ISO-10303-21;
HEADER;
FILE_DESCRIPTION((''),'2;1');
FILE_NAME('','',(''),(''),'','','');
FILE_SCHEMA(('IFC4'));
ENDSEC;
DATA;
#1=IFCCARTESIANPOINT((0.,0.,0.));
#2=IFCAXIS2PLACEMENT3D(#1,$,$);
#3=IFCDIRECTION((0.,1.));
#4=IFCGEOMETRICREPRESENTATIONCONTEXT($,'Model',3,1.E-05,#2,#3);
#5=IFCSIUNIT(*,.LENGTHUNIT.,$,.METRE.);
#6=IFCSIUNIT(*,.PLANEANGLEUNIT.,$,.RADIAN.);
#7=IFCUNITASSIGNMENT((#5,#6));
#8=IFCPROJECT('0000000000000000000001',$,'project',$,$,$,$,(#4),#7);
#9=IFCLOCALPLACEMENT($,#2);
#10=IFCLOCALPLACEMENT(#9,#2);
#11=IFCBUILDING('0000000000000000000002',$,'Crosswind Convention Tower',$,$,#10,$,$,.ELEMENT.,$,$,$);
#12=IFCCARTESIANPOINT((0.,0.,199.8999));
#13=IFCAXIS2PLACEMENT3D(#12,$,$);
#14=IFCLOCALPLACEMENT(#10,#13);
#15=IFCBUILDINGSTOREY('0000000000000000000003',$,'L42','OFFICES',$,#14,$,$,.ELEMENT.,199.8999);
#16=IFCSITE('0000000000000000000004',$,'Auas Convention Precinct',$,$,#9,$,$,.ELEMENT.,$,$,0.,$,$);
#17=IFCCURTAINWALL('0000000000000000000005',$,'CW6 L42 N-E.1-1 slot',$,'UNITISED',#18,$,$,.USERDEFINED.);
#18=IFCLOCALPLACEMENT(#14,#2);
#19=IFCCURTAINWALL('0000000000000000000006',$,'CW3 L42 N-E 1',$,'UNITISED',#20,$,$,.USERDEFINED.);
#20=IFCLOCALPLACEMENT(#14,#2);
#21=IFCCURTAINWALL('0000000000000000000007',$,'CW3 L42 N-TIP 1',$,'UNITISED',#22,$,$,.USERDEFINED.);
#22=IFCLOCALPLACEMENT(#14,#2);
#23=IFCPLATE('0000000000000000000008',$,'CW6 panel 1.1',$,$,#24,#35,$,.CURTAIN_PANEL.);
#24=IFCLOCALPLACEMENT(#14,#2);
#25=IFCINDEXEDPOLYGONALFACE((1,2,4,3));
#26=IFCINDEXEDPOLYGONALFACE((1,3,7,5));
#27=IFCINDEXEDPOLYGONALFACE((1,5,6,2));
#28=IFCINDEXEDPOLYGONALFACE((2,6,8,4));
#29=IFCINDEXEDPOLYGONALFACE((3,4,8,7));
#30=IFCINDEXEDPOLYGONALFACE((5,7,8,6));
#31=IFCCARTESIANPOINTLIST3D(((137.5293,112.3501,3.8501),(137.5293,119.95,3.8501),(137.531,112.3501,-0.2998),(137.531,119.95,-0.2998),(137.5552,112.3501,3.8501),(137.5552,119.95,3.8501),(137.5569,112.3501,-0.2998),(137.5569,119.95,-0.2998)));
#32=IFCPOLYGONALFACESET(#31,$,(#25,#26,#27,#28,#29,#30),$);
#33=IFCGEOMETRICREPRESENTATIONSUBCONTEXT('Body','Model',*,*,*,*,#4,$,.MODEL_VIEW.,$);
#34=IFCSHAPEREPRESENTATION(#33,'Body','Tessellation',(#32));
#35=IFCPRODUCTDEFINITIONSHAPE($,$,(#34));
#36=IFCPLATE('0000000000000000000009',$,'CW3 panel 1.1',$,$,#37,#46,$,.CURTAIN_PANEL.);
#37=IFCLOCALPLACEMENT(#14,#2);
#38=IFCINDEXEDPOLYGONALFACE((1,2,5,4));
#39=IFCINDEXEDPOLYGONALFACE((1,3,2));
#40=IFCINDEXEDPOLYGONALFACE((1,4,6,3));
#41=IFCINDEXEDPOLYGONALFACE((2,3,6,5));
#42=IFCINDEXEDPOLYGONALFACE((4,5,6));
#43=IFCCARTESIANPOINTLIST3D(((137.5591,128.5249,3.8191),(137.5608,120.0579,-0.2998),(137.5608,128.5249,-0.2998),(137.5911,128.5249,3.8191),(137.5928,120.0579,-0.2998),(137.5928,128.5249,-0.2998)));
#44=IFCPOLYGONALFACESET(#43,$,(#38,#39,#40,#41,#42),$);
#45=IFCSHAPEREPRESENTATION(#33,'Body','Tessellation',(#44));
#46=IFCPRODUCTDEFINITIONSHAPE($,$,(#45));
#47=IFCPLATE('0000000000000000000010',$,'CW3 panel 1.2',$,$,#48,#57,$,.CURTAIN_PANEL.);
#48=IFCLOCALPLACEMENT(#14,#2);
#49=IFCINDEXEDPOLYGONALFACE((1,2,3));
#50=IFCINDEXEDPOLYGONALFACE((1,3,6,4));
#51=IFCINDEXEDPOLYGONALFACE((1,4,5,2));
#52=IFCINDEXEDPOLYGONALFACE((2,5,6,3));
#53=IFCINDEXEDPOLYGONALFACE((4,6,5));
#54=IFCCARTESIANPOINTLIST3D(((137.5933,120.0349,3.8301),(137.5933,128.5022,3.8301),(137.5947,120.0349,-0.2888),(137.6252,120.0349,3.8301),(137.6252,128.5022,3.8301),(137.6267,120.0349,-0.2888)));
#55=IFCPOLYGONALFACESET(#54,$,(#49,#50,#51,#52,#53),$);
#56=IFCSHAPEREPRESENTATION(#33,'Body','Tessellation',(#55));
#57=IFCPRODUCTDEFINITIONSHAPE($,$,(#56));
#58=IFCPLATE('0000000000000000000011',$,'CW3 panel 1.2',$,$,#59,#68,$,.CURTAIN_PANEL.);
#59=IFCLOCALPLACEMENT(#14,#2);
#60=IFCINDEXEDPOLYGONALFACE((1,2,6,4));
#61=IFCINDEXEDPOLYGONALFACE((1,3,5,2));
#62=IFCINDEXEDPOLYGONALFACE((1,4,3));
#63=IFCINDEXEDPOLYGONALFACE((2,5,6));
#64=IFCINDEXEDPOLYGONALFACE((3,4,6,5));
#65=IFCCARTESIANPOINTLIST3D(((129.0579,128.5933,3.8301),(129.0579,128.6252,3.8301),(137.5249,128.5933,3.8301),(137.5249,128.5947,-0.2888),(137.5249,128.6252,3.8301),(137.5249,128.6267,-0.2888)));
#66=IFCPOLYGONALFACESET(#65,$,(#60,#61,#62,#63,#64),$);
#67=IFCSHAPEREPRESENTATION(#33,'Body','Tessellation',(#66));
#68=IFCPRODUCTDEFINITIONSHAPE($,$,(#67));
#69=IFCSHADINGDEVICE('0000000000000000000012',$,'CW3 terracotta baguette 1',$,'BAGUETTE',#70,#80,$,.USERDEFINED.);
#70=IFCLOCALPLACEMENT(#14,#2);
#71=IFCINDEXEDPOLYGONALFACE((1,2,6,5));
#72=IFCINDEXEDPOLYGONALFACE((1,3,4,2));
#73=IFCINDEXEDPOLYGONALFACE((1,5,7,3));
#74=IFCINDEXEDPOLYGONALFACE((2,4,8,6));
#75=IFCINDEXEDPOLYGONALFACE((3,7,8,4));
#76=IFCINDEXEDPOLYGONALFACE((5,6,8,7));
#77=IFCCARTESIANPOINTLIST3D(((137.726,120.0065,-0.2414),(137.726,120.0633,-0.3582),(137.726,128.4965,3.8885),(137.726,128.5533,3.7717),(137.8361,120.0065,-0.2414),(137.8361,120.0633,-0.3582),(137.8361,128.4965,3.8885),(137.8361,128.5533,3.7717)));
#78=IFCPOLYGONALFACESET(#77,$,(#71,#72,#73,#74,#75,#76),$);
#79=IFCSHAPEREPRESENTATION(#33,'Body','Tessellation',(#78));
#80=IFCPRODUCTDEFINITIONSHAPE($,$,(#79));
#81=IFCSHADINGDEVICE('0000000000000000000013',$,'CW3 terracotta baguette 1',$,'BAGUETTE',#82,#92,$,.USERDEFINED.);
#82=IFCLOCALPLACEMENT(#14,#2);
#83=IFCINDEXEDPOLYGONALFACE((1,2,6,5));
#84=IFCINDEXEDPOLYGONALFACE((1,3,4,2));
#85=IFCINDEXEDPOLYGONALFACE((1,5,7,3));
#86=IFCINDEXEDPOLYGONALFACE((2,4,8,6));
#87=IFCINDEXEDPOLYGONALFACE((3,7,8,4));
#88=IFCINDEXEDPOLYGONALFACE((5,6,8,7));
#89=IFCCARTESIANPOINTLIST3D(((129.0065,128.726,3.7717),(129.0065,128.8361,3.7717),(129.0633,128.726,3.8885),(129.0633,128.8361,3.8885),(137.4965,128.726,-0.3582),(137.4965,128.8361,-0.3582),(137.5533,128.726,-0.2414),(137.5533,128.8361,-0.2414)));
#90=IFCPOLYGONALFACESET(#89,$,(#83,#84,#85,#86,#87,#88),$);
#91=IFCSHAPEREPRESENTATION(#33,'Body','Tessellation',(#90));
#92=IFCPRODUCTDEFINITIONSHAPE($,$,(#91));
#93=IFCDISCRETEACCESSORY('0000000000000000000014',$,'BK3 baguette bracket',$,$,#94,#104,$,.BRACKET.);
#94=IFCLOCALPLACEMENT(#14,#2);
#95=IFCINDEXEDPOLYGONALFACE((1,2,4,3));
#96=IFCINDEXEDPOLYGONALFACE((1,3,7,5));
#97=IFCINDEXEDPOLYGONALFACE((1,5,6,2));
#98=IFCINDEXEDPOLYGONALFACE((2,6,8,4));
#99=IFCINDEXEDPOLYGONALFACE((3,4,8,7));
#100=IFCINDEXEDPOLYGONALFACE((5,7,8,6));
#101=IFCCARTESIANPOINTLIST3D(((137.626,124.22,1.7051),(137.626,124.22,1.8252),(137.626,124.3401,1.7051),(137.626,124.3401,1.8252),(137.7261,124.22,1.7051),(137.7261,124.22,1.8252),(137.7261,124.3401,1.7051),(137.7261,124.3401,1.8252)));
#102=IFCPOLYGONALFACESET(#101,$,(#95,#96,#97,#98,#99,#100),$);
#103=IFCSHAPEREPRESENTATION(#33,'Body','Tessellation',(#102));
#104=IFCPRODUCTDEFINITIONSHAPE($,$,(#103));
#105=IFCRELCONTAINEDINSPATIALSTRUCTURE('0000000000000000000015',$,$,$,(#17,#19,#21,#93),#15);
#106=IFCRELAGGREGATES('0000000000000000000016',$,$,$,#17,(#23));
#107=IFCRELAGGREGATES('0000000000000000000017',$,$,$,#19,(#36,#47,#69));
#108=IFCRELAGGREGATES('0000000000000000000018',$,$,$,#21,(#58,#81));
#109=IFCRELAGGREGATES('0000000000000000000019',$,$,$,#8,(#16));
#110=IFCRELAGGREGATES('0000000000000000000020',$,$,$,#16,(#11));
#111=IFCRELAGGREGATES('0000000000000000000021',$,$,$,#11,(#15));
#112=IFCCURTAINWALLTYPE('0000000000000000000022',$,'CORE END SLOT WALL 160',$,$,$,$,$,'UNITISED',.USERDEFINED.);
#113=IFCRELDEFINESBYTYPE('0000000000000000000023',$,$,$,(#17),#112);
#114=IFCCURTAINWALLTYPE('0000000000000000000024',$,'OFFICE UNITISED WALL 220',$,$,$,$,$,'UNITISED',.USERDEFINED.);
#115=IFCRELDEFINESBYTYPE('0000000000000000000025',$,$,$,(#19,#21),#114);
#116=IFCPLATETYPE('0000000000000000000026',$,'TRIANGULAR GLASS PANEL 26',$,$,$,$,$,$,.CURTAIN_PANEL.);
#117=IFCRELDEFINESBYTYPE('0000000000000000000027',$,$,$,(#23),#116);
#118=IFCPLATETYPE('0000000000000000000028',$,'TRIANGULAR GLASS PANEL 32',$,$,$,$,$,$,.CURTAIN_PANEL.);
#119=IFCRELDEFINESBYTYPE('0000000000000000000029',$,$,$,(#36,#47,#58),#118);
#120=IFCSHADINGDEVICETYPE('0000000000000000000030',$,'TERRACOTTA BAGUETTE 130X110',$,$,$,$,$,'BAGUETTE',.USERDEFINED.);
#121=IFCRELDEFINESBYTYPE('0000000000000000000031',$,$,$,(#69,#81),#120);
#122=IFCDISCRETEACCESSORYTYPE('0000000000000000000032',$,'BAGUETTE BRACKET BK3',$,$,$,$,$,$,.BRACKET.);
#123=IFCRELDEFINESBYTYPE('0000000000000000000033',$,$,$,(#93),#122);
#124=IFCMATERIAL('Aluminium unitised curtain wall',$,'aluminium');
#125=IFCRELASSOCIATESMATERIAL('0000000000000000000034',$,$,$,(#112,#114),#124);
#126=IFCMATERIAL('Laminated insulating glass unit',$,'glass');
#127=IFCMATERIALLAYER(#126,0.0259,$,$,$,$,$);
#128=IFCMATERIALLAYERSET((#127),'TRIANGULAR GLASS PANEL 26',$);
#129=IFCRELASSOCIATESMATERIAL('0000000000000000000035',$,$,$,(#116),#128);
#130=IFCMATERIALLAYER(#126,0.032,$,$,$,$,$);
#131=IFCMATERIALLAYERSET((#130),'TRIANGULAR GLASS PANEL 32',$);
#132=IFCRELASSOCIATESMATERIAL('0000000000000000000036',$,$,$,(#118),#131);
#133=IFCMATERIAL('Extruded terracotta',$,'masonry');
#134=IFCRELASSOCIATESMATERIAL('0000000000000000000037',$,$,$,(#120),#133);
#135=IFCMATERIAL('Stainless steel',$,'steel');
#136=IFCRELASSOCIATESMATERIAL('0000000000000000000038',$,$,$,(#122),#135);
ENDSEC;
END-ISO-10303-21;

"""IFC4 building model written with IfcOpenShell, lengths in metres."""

from ifc_helpers import new_model, si_unit, direction, frame, origin, origin_2d, place, context, subcontext, project, spatial, polyline, rectangle, outline, extrude, material, layer, layer_set, material_profile, profile_set, type_object, element, aggregate, save


model = new_model("IFC4")

# Units and contexts
model_context = context("Model", 3, precision=1e-05, world=origin(), true_north=direction((0.0, 1.0)))
body_context = subcontext(model_context, "Body", "Model", "MODEL_VIEW")
ifc_project = project(units=[si_unit("LENGTHUNIT", "METRE"), si_unit("PLANEANGLEUNIT", "RADIAN")], contexts=[model_context])

# Site, building, storey
site_placement = place(None, origin())
site = spatial("IfcSite", under=ifc_project, at=site_placement, Name="Auas Convention Precinct", CompositionType="ELEMENT", RefElevation=0.0)
building_placement = place(site_placement, origin())
building = spatial("IfcBuilding", under=site, at=building_placement, Name="Crosswind Convention Tower", CompositionType="ELEMENT")
storey_placement = place(building_placement, frame((0.0, 0.0, 199.8999)))
storey = spatial("IfcBuildingStorey", under=building, at=storey_placement, Name="L42", Description="OFFICES", CompositionType="ELEMENT", Elevation=199.8999)

# Curtain walls
ifc_material_1 = material(Name="Aluminium unitised curtain wall", Category="aluminium")
curtain_wall_type_1 = type_object("IfcCurtainWallType", Name="CORE END SLOT WALL 160", ElementType="UNITISED", PredefinedType="USERDEFINED", material=ifc_material_1)
curtain_wall_1_placement = place(storey_placement, origin())
curtain_wall_1 = element("IfcCurtainWall", 1, at=curtain_wall_1_placement, inside=storey, type_object=curtain_wall_type_1, Name="CW6 L42 N-E.1-1 slot", ObjectType="UNITISED", PredefinedType="USERDEFINED")
curtain_wall_type_2 = type_object("IfcCurtainWallType", Name="OFFICE UNITISED WALL 220", ElementType="UNITISED", PredefinedType="USERDEFINED", material=ifc_material_1)
curtain_wall_2_placement = place(storey_placement, origin())
curtain_wall_2 = element("IfcCurtainWall", 2, at=curtain_wall_2_placement, inside=storey, type_object=curtain_wall_type_2, Name="CW3 L42 N-E 1", ObjectType="UNITISED", PredefinedType="USERDEFINED")

# Curtain wall
curtain_wall_3_placement = place(storey_placement, origin())
curtain_wall_3 = element("IfcCurtainWall", 3, at=curtain_wall_3_placement, inside=storey, type_object=curtain_wall_type_2, Name="CW3 L42 N-TIP 1", ObjectType="UNITISED", PredefinedType="USERDEFINED")

# Plates
ifc_material_2 = material(Name="Laminated insulating glass unit", Category="glass")
ifc_layer_1 = layer(ifc_material_2, 0.0259)
ifc_layer_set_1 = layer_set([ifc_layer_1], Name="TRIANGULAR GLASS PANEL 26")
plate_type_1 = type_object("IfcPlateType", Name="TRIANGULAR GLASS PANEL 26", PredefinedType="CURTAIN_PANEL", material=ifc_layer_set_1)
plate_1_placement = place(storey_placement, frame((137.5569, 112.3501, -0.2998), z_axis=(1.0, 0.0, 0.000412), x_axis=(0.0, 1.0, 0.0)))
plate_1 = element("IfcPlate", 4, at=plate_1_placement, type_object=plate_type_1, Name="CW6 panel 1.1", PredefinedType="CURTAIN_PANEL", context=body_context, shape_type="SweptSolid", body=[
    extrude(outline(polyline([(0.0, 0.0), (7.5999, 0.0), (7.5999, 4.1499), (0.0, 4.1499), (0.0, 0.0)])), origin(), (0.0, 0.0, -1.0), 0.0259),
])
aggregate(curtain_wall_1, [plate_1])
ifc_layer_2 = layer(ifc_material_2, 0.032)
ifc_layer_set_2 = layer_set([ifc_layer_2], Name="TRIANGULAR GLASS PANEL 32")
plate_type_2 = type_object("IfcPlateType", Name="TRIANGULAR GLASS PANEL 32", PredefinedType="CURTAIN_PANEL", material=ifc_layer_set_2)
plate_2_placement = place(storey_placement, frame((137.5928, 128.5249, -0.2998), z_axis=(1.0, 0.0, 0.000415), x_axis=(-0.000415, 0.0, 1.0)))
plate_2 = element("IfcPlate", 5, at=plate_2_placement, type_object=plate_type_2, Name="CW3 panel 1.1", PredefinedType="CURTAIN_PANEL", context=body_context, shape_type="SweptSolid", body=[
    extrude(outline(polyline([(0.0, 0.0), (4.1189, 0.0), (0.0, 8.467), (0.0, 0.0)])), origin(), (0.0, 0.0, -1.0), 0.032),
])
plate_3_placement = place(storey_placement, frame((137.6252, 120.0349, 3.8301), z_axis=(1.0, 0.0, 0.000356), x_axis=(0.000356, 0.0, -1.0)))
plate_3 = element("IfcPlate", 6, at=plate_3_placement, type_object=plate_type_2, Name="CW3 panel 1.2", PredefinedType="CURTAIN_PANEL", context=body_context, shape_type="SweptSolid", body=[
    extrude(outline(polyline([(0.0, 0.0), (4.1189, 0.0), (0.0, 8.4673), (0.0, 0.0)])), origin(), (0.0, 0.0, -1.0), 0.032),
])
plate_4_placement = place(storey_placement, frame((137.5249, 128.6252, 3.8301), z_axis=(0.0, 1.0, 0.000356), x_axis=(0.0, 0.000356, -1.0)))
plate_4 = element("IfcPlate", 7, at=plate_4_placement, type_object=plate_type_2, Name="CW3 panel 1.2", PredefinedType="CURTAIN_PANEL", context=body_context, shape_type="SweptSolid", body=[
    extrude(outline(polyline([(0.0, 0.0), (4.1189, 0.0), (0.0, 8.467), (0.0, 0.0)])), origin(), (0.0, 0.0, -1.0), 0.032),
])

# Shading devices
ifc_material_3 = material(Name="Extruded terracotta", Category="masonry")
ifc_material_profile_1 = material_profile(ifc_material_3, rectangle(XDim=0.1101, YDim=0.1299, at=origin_2d()), Name="TC 110X130")
ifc_profile_set_1 = profile_set([ifc_material_profile_1], Name="Extruded terracotta")
shading_device_type = type_object("IfcShadingDeviceType", Name="TERRACOTTA BAGUETTE 130X110", ElementType="BAGUETTE", PredefinedType="USERDEFINED", material=ifc_profile_set_1)
shading_device_1_placement = place(storey_placement, frame((137.781, 120.0349, -0.2998), z_axis=(0.0, 0.899251, 0.437433), x_axis=(-1.0, 0.0, 0.0)))
shading_device_1 = element("IfcShadingDevice", 8, at=shading_device_1_placement, type_object=shading_device_type, Name="CW3 terracotta baguette 1", ObjectType="BAGUETTE", PredefinedType="USERDEFINED", context=body_context, shape_type="SweptSolid", body=[
    extrude(rectangle(XDim=0.1101, YDim=0.1299, at=origin_2d()), origin(), (0.0, 0.0, 1.0), 9.4412),
])
aggregate(curtain_wall_2, [plate_2, plate_3, shading_device_1])
shading_device_2_placement = place(storey_placement, frame((137.5249, 128.781, -0.2998), z_axis=(-0.899251, 0.0, 0.437433), x_axis=(0.0, -1.0, 0.0)))
shading_device_2 = element("IfcShadingDevice", 9, at=shading_device_2_placement, type_object=shading_device_type, Name="CW3 terracotta baguette 1", ObjectType="BAGUETTE", PredefinedType="USERDEFINED", context=body_context, shape_type="SweptSolid", body=[
    extrude(rectangle(XDim=0.1101, YDim=0.1299, at=origin_2d()), origin(), (0.0, 0.0, 1.0), 9.4412),
])
aggregate(curtain_wall_3, [plate_4, shading_device_2])

# Discrete accessory
ifc_material_4 = material(Name="Stainless steel", Category="steel")
discrete_accessory_type = type_object("IfcDiscreteAccessoryType", Name="BAGUETTE BRACKET BK3", PredefinedType="BRACKET", material=ifc_material_4)
discrete_accessory_placement = place(storey_placement, frame((137.676, 124.28, 1.7051), z_axis=(0.0, 0.0, 1.0), x_axis=(0.0, 1.0, 0.0)))
element("IfcDiscreteAccessory", 10, at=discrete_accessory_placement, inside=storey, type_object=discrete_accessory_type, Name="BK3 baguette bracket", PredefinedType="BRACKET", context=body_context, shape_type="SweptSolid", body=[
    extrude(rectangle(XDim=0.1201, YDim=0.1001, at=origin_2d()), origin(), (0.0, 0.0, 1.0), 0.1201),
])

save(model, "model.ifc")
